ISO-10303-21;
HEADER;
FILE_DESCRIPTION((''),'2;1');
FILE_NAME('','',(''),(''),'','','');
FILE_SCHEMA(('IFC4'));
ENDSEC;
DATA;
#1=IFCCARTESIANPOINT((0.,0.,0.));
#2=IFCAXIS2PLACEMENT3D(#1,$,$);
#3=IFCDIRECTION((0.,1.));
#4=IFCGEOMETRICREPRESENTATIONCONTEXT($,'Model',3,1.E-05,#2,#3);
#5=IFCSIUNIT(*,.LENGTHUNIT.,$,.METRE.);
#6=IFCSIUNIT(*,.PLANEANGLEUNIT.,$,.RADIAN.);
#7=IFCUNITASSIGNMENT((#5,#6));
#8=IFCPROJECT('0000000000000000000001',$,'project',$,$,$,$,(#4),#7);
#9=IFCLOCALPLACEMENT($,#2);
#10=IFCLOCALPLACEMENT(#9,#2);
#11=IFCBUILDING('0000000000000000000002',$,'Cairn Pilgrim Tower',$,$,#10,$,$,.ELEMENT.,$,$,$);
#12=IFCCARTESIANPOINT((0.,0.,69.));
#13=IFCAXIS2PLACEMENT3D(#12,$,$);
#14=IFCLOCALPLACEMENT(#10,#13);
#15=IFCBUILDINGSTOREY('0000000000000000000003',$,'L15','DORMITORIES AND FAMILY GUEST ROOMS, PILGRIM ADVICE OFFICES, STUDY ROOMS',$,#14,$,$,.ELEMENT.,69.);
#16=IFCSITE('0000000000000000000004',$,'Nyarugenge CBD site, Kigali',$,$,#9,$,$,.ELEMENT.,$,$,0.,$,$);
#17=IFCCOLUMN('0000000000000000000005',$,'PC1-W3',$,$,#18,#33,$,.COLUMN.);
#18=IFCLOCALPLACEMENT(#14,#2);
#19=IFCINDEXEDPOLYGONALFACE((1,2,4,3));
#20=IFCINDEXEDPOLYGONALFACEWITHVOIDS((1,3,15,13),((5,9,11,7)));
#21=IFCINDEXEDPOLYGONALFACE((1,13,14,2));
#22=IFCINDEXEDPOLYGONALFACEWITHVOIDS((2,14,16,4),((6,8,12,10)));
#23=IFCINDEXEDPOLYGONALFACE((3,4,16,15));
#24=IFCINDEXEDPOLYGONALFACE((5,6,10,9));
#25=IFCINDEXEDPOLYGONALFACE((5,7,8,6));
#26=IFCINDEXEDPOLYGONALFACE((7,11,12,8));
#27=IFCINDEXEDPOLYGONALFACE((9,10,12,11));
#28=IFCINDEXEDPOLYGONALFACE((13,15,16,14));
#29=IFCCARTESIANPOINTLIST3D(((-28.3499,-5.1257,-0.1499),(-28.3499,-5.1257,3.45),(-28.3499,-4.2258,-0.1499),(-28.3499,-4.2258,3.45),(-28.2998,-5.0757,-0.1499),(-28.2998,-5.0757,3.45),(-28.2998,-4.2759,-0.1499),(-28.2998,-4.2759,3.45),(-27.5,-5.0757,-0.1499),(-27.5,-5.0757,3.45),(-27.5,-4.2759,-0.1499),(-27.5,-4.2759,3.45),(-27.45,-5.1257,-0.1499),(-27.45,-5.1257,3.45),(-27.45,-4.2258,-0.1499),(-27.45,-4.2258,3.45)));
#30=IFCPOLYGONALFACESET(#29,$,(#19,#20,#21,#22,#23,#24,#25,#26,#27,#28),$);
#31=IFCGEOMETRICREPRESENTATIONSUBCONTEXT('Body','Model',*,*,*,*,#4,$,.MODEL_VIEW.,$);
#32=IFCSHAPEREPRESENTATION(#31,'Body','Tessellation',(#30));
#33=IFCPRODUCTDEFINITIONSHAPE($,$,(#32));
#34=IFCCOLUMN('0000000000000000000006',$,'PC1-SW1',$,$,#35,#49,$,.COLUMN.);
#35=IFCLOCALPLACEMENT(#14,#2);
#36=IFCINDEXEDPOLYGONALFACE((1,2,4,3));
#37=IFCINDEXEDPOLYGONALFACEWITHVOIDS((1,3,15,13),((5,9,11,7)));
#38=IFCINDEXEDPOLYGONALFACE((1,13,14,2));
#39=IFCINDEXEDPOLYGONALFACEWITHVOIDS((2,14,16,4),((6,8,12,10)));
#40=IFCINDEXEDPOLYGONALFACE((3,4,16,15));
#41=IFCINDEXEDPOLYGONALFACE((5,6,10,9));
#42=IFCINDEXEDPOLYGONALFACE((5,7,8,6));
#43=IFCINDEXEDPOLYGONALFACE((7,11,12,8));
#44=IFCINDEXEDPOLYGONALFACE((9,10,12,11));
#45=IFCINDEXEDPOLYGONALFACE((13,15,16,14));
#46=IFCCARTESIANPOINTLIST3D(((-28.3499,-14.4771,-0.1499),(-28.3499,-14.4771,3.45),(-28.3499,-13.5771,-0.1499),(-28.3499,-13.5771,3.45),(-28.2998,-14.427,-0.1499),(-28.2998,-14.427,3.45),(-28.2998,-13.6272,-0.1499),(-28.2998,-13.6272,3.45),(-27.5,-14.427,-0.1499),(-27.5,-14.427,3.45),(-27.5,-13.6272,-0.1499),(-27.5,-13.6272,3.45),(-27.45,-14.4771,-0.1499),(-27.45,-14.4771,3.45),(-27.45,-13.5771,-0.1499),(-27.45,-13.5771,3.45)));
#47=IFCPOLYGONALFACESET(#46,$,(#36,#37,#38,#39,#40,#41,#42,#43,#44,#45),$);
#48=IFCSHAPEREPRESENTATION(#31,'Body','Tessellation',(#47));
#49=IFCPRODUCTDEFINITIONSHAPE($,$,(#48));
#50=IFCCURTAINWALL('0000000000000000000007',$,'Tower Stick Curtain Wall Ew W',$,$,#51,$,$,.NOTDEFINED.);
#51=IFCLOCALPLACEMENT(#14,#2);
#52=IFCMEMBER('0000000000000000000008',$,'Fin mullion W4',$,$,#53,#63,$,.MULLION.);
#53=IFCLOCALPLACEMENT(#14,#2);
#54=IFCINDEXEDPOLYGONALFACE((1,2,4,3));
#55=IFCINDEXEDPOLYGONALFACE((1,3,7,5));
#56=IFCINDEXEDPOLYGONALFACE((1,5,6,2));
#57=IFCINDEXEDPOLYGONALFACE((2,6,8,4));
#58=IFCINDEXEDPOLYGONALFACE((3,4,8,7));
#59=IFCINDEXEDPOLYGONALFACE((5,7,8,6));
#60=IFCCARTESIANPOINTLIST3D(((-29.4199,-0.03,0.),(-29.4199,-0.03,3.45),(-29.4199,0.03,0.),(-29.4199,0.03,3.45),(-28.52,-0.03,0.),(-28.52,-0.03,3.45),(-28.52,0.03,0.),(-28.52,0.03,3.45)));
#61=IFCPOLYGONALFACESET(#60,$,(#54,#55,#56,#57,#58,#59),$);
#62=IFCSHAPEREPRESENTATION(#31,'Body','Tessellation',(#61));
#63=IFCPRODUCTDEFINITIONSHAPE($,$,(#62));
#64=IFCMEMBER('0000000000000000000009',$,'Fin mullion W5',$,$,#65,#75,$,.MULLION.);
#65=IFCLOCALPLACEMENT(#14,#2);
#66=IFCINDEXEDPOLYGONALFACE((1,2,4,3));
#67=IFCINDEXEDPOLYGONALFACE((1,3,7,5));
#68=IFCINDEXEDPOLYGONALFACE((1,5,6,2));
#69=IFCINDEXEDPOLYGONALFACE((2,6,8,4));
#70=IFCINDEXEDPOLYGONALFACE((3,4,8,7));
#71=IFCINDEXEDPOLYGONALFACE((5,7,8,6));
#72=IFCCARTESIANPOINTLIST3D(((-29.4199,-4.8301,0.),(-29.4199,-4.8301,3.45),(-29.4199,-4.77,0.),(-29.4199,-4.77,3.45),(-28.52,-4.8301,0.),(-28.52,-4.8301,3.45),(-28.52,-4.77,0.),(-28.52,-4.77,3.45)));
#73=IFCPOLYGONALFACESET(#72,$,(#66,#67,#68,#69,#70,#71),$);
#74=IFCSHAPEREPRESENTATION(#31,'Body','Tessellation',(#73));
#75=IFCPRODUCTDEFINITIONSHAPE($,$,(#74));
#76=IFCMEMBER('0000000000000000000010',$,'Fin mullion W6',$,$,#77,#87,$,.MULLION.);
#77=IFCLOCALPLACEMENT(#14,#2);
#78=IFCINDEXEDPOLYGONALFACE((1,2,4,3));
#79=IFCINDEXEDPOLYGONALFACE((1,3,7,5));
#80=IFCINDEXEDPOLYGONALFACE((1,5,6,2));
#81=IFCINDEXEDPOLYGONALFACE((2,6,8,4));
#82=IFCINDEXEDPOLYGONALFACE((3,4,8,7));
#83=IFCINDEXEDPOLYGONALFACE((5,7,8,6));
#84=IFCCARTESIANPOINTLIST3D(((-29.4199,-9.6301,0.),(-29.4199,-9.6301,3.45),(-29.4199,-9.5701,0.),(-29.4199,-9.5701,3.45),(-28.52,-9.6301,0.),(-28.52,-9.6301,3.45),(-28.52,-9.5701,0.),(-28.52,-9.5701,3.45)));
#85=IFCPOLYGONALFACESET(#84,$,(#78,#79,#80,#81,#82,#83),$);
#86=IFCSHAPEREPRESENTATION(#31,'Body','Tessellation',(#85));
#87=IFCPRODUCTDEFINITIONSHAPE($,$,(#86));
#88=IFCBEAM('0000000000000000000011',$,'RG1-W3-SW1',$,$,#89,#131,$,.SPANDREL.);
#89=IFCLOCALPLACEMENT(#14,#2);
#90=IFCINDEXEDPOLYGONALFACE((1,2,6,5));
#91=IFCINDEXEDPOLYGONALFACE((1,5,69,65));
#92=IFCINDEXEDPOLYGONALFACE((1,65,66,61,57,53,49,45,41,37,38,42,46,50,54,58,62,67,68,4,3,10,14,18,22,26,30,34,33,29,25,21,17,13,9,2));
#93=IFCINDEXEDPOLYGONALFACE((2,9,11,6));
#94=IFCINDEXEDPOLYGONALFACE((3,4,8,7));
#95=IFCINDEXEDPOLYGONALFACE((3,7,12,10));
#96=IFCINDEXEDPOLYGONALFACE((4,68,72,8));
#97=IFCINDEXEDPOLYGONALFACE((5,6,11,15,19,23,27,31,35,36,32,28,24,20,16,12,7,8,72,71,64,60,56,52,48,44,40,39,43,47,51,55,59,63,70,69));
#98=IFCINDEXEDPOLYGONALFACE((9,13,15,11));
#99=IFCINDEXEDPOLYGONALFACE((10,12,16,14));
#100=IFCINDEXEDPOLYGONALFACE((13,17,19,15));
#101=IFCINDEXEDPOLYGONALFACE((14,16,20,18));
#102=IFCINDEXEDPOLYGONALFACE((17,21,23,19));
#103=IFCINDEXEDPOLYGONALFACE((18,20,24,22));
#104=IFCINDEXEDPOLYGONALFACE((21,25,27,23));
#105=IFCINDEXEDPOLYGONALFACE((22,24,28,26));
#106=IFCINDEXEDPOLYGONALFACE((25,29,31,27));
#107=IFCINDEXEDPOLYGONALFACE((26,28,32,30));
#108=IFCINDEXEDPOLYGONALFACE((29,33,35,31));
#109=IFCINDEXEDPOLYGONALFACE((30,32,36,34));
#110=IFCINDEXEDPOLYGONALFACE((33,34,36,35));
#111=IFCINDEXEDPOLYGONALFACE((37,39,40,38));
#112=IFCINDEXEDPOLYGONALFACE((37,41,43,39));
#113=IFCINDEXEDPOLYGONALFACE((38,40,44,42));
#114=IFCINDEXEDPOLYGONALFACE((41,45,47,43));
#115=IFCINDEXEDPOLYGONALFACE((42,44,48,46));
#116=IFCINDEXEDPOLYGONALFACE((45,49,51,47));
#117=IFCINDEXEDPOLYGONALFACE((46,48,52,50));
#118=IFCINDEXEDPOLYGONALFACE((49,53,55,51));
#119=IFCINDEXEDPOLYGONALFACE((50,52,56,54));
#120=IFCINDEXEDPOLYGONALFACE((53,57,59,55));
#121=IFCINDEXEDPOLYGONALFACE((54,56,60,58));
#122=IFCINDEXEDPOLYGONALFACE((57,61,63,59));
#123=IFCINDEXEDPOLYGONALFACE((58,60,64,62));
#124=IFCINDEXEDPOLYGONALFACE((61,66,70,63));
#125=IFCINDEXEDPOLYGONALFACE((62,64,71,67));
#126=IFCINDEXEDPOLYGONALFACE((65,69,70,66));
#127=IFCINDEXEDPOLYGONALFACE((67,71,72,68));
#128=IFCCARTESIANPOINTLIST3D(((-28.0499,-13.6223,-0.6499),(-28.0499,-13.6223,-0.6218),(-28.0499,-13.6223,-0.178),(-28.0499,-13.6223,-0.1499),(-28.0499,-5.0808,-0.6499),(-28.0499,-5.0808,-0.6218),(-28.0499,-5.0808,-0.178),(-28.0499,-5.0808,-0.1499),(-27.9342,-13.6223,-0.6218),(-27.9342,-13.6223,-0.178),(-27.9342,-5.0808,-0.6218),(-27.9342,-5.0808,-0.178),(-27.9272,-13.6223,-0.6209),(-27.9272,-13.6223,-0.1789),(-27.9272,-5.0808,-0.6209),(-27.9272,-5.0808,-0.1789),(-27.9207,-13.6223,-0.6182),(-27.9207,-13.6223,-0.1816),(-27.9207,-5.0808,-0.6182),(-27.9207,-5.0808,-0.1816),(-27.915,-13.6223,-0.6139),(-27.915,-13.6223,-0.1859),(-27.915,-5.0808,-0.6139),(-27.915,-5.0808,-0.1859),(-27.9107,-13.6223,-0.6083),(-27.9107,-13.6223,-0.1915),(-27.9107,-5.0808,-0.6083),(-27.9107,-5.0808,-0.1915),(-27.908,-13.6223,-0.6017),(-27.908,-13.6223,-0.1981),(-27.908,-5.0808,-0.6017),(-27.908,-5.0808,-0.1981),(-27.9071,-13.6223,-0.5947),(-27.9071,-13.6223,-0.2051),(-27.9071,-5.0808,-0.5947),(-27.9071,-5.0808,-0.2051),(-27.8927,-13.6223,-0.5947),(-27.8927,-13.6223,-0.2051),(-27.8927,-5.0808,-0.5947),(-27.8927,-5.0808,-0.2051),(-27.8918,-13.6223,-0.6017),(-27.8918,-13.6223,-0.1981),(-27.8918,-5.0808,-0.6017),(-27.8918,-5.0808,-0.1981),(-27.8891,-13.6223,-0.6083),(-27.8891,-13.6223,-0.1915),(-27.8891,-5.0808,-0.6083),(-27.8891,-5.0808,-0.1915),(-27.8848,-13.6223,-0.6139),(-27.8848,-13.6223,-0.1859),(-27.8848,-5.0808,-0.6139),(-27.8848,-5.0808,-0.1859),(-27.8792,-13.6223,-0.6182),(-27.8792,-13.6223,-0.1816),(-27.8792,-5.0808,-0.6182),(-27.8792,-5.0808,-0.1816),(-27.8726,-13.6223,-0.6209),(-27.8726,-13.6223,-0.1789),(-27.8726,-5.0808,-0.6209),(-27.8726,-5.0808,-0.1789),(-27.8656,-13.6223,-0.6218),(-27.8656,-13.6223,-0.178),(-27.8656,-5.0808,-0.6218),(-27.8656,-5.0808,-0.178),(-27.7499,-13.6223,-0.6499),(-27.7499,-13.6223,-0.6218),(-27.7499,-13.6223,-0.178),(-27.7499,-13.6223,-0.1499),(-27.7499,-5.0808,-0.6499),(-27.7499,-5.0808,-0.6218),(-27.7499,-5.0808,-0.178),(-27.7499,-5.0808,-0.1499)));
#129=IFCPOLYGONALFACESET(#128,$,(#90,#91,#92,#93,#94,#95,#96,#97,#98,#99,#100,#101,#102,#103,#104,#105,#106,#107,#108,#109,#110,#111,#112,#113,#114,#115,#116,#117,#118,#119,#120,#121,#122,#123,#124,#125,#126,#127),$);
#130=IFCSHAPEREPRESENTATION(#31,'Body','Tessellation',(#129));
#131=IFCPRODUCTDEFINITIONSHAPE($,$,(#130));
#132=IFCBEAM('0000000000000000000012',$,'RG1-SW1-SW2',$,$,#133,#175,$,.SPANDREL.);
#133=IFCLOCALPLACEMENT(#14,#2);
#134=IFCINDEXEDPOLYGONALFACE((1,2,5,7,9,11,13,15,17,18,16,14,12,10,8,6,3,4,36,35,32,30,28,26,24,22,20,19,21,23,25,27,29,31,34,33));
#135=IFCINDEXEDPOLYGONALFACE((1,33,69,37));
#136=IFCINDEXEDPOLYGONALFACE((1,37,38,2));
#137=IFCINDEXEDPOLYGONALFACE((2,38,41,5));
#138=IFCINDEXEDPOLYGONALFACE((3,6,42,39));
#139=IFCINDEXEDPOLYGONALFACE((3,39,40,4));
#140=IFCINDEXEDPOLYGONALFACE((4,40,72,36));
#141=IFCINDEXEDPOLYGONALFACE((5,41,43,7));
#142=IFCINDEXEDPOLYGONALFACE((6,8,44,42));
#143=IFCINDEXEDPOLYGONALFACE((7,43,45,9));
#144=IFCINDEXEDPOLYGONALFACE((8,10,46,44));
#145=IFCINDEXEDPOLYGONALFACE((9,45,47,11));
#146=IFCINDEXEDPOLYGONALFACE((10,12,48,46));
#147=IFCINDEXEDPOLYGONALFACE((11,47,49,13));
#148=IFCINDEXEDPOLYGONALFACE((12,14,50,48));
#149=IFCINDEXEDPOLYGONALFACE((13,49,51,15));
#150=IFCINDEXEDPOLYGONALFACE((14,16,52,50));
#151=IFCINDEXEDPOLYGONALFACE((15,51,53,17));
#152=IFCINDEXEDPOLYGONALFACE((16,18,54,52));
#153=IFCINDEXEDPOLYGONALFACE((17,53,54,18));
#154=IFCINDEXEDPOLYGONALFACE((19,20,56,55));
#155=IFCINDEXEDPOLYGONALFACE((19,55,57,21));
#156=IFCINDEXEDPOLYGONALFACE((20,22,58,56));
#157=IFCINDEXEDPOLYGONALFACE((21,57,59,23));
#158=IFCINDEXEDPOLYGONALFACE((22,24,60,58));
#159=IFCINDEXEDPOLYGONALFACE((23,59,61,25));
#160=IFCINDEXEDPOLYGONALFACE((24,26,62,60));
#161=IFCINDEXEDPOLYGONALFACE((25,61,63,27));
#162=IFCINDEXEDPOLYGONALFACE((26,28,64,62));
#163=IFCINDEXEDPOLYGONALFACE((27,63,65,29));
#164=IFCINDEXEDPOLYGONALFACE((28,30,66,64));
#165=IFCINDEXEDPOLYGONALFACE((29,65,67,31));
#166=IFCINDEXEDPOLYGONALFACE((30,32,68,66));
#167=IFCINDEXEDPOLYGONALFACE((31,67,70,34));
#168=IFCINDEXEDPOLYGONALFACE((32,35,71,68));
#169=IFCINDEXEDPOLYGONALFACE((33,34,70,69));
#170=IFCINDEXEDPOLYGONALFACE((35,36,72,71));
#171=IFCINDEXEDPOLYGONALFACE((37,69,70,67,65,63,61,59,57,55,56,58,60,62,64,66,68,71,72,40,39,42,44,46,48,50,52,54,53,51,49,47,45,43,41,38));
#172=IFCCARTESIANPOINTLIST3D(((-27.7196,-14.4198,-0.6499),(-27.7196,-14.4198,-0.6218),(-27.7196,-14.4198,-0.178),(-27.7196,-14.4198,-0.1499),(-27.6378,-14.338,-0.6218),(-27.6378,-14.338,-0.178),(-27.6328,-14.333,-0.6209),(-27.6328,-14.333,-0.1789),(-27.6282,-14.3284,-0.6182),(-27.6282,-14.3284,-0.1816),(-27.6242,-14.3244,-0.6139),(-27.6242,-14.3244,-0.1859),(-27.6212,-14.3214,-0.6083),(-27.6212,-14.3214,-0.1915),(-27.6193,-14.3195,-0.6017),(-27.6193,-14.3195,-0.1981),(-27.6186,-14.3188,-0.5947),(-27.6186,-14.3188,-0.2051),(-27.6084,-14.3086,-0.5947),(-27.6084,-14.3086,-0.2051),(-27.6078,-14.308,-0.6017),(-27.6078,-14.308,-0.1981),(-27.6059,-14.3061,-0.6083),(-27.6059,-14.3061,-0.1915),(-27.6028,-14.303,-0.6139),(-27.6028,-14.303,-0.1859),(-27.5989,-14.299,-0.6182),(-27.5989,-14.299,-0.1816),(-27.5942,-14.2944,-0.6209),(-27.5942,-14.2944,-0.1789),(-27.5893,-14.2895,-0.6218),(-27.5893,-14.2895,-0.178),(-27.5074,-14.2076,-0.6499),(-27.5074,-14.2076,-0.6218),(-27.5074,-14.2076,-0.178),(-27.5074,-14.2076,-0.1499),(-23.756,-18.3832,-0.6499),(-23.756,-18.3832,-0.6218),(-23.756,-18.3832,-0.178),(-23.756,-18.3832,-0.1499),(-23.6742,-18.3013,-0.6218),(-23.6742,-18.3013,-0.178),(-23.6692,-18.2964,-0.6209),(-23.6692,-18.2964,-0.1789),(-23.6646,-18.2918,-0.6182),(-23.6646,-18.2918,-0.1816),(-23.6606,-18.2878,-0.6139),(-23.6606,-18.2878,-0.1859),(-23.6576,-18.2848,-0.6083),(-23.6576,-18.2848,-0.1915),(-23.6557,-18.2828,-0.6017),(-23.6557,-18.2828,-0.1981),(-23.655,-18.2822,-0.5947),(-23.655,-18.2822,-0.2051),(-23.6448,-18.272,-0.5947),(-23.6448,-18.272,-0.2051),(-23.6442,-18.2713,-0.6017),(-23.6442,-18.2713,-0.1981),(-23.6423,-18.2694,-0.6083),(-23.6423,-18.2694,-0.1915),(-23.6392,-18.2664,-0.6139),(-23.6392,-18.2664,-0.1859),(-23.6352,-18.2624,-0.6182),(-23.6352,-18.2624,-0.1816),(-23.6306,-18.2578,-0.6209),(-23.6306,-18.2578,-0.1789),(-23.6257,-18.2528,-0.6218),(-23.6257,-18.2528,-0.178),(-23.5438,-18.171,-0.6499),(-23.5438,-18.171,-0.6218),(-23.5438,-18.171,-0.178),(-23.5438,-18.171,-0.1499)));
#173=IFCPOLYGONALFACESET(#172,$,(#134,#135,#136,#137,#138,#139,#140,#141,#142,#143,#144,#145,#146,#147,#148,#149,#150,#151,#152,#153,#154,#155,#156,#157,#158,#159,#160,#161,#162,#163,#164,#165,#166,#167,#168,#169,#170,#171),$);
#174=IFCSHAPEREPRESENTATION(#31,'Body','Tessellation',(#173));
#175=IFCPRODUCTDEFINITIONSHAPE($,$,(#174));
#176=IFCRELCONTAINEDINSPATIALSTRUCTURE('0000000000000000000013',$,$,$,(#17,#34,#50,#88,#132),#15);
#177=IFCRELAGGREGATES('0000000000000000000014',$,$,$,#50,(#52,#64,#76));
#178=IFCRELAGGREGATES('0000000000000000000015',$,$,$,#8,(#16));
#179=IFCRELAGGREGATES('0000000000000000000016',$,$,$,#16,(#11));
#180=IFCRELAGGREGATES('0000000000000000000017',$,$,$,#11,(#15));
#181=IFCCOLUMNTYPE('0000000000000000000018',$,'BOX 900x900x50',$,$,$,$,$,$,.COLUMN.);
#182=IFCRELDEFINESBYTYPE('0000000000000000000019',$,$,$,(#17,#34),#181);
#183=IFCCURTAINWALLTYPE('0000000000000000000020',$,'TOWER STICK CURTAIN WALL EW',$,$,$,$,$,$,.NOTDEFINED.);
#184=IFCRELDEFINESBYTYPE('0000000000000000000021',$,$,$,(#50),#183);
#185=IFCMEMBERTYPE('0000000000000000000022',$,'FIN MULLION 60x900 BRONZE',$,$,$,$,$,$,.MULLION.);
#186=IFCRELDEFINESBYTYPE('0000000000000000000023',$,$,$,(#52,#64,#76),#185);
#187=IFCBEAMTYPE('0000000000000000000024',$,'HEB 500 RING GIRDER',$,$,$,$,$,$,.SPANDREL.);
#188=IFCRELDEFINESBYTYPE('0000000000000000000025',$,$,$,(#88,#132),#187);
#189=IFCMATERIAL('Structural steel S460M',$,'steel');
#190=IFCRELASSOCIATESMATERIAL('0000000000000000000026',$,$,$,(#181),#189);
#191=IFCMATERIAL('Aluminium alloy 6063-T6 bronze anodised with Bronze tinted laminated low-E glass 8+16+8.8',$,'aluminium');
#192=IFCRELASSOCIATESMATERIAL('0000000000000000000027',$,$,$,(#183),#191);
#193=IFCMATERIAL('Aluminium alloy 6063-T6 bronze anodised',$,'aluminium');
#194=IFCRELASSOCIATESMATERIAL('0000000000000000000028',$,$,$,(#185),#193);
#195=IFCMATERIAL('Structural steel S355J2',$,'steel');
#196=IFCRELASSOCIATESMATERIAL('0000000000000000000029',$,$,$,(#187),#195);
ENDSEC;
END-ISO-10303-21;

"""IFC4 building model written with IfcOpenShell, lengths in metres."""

from ifc_helpers import new_model, si_unit, direction, frame, origin, origin_2d, place, context, subcontext, project, spatial, rectangle, hollow_rectangle, i_section, extrude, material, material_profile, profile_set, type_object, element, aggregate, save


model = new_model("IFC4")

# Units and contexts
model_context = context("Model", 3, precision=1e-05, world=origin(), true_north=direction((0.0, 1.0)))
body_context = subcontext(model_context, "Body", "Model", "MODEL_VIEW")
ifc_project = project(units=[si_unit("LENGTHUNIT", "METRE"), si_unit("PLANEANGLEUNIT", "RADIAN")], contexts=[model_context])

# Site, building, storey
site_placement = place(None, origin())
site = spatial("IfcSite", under=ifc_project, at=site_placement, Name="Nyarugenge CBD site, Kigali", CompositionType="ELEMENT", RefElevation=0.0)
building_placement = place(site_placement, origin())
building = spatial("IfcBuilding", under=site, at=building_placement, Name="Cairn Pilgrim Tower", CompositionType="ELEMENT")
storey_placement = place(building_placement, frame((0.0, 0.0, 69.0)))
storey = spatial("IfcBuildingStorey", under=building, at=storey_placement, Name="L15", Description="DORMITORIES AND FAMILY GUEST ROOMS, PILGRIM ADVICE OFFICES, STUDY ROOMS", CompositionType="ELEMENT", Elevation=69.0)

# Columns
ifc_material_1 = material(Name="Structural steel S460M", Category="steel")
ifc_material_profile_1 = material_profile(ifc_material_1, hollow_rectangle(XDim=0.8999, YDim=0.8999, WallThickness=0.05, at=origin_2d()), Name="BOX 900x900x50")
ifc_profile_set_1 = profile_set([ifc_material_profile_1], Name="Structural steel S460M")
column_type = type_object("IfcColumnType", Name="BOX 900x900x50", PredefinedType="COLUMN", material=ifc_profile_set_1)
for number, where, z_axis, x_axis, name in (
    (1, (-27.8999, -4.6758, -0.1499), (0.0, 0.0, 1.0), (1.0, 0.0, 0.0), "PC1-W3"),
    (2, (-27.8999, -14.0271, -0.1499), (0.0, 0.0, 1.0), (1.0, 0.0, 0.0), "PC1-SW1"),
):
    element("IfcColumn", number, at=place(storey_placement, frame(where, z_axis=z_axis, x_axis=x_axis)), inside=storey, type_object=column_type, Name=name, PredefinedType="COLUMN", context=body_context, shape_type="SweptSolid", body=[
        extrude(hollow_rectangle(XDim=0.8999, YDim=0.8999, WallThickness=0.05, at=origin_2d()), origin(), (0.0, 0.0, 1.0), 3.5999),
    ])

# Curtain wall, members
ifc_material_2 = material(Name="Aluminium alloy 6063-T6 bronze anodised with Bronze tinted laminated low-E glass 8+16+8.8", Category="aluminium")
curtain_wall_type_1 = type_object("IfcCurtainWallType", Name="TOWER STICK CURTAIN WALL EW", PredefinedType="NOTDEFINED", material=ifc_material_2)
curtain_wall_1_placement = place(storey_placement, origin())
curtain_wall_1 = element("IfcCurtainWall", 3, at=curtain_wall_1_placement, inside=storey, type_object=curtain_wall_type_1, Name="Tower Stick Curtain Wall Ew W", PredefinedType="NOTDEFINED")
ifc_material_3 = material(Name="Aluminium alloy 6063-T6 bronze anodised", Category="aluminium")
ifc_material_profile_2 = material_profile(ifc_material_3, rectangle(XDim=0.8999, YDim=0.0601, at=origin_2d()), Name="FIN MULLION 60x900 BRONZE")
ifc_profile_set_2 = profile_set([ifc_material_profile_2], Name="Aluminium alloy 6063-T6 bronze anodised")
member_type_1 = type_object("IfcMemberType", Name="FIN MULLION 60x900 BRONZE", PredefinedType="MULLION", material=ifc_profile_set_2)
member_1_placement = place(storey_placement, frame((-28.97, 0.0, 0.0), z_axis=(0.0, 0.0, 1.0), x_axis=(-1.0, 0.0, 0.0)))
member_1 = element("IfcMember", 4, at=member_1_placement, type_object=member_type_1, Name="Fin mullion W4", PredefinedType="MULLION", context=body_context, shape_type="SweptSolid", body=[
    extrude(rectangle(XDim=0.8999, YDim=0.0601, at=origin_2d()), origin(), (0.0, 0.0, 1.0), 3.45),
])
member_2_placement = place(storey_placement, frame((-28.97, -4.8, 0.0), z_axis=(0.0, 0.0, 1.0), x_axis=(-1.0, 0.0, 0.0)))
member_2 = element("IfcMember", 5, at=member_2_placement, type_object=member_type_1, Name="Fin mullion W5", PredefinedType="MULLION", context=body_context, shape_type="SweptSolid", body=[
    extrude(rectangle(XDim=0.8999, YDim=0.0601, at=origin_2d()), origin(), (0.0, 0.0, 1.0), 3.45),
])
member_3_placement = place(storey_placement, frame((-28.97, -9.6001, 0.0), z_axis=(0.0, 0.0, 1.0), x_axis=(-1.0, 0.0, 0.0)))
member_3 = element("IfcMember", 6, at=member_3_placement, type_object=member_type_1, Name="Fin mullion W6", PredefinedType="MULLION", context=body_context, shape_type="SweptSolid", body=[
    extrude(rectangle(XDim=0.8999, YDim=0.0601, at=origin_2d()), origin(), (0.0, 0.0, 1.0), 3.45),
])

# Beams
ifc_material_4 = material(Name="Structural steel S355J2", Category="steel")
ifc_material_profile_3 = material_profile(ifc_material_4, i_section(OverallWidth=0.3, OverallDepth=0.5, WebThickness=0.0144, FlangeThickness=0.0281, FilletRadius=0.0271, at=origin_2d()), Name="HEB 500")
ifc_profile_set_3 = profile_set([ifc_material_profile_3], Name="Structural steel S355J2")
beam_type_1 = type_object("IfcBeamType", Name="HEB 500 RING GIRDER", PredefinedType="SPANDREL", material=ifc_profile_set_3)
beam_1_placement = place(storey_placement, frame((-27.8999, -5.0808, -0.3999), z_axis=(0.0, -1.0, 0.0), x_axis=(1.0, 0.0, 0.0)))
element("IfcBeam", 7, at=beam_1_placement, inside=storey, type_object=beam_type_1, Name="RG1-W3-SW1", PredefinedType="SPANDREL", context=body_context, shape_type="SweptSolid", body=[
    extrude(i_section(OverallWidth=0.3, OverallDepth=0.5, WebThickness=0.0144, FlangeThickness=0.0281, FilletRadius=0.0271, at=origin_2d()), origin(), (0.0, 0.0, 1.0), 8.5415),
])
beam_2_placement = place(storey_placement, frame((-27.6135, -14.3137, -0.3999), z_axis=(0.707129, -0.707085, 0.0), x_axis=(0.707085, 0.707129, 0.0)))
element("IfcBeam", 8, at=beam_2_placement, inside=storey, type_object=beam_type_1, Name="RG1-SW1-SW2", PredefinedType="SPANDREL", context=body_context, shape_type="SweptSolid", body=[
    extrude(i_section(OverallWidth=0.3, OverallDepth=0.5, WebThickness=0.0144, FlangeThickness=0.0281, FilletRadius=0.0271, at=origin_2d()), origin(), (0.0, 0.0, 1.0), 5.6052),
])

aggregate(curtain_wall_1, [member_1, member_2, member_3])

save(model, "model.ifc")
